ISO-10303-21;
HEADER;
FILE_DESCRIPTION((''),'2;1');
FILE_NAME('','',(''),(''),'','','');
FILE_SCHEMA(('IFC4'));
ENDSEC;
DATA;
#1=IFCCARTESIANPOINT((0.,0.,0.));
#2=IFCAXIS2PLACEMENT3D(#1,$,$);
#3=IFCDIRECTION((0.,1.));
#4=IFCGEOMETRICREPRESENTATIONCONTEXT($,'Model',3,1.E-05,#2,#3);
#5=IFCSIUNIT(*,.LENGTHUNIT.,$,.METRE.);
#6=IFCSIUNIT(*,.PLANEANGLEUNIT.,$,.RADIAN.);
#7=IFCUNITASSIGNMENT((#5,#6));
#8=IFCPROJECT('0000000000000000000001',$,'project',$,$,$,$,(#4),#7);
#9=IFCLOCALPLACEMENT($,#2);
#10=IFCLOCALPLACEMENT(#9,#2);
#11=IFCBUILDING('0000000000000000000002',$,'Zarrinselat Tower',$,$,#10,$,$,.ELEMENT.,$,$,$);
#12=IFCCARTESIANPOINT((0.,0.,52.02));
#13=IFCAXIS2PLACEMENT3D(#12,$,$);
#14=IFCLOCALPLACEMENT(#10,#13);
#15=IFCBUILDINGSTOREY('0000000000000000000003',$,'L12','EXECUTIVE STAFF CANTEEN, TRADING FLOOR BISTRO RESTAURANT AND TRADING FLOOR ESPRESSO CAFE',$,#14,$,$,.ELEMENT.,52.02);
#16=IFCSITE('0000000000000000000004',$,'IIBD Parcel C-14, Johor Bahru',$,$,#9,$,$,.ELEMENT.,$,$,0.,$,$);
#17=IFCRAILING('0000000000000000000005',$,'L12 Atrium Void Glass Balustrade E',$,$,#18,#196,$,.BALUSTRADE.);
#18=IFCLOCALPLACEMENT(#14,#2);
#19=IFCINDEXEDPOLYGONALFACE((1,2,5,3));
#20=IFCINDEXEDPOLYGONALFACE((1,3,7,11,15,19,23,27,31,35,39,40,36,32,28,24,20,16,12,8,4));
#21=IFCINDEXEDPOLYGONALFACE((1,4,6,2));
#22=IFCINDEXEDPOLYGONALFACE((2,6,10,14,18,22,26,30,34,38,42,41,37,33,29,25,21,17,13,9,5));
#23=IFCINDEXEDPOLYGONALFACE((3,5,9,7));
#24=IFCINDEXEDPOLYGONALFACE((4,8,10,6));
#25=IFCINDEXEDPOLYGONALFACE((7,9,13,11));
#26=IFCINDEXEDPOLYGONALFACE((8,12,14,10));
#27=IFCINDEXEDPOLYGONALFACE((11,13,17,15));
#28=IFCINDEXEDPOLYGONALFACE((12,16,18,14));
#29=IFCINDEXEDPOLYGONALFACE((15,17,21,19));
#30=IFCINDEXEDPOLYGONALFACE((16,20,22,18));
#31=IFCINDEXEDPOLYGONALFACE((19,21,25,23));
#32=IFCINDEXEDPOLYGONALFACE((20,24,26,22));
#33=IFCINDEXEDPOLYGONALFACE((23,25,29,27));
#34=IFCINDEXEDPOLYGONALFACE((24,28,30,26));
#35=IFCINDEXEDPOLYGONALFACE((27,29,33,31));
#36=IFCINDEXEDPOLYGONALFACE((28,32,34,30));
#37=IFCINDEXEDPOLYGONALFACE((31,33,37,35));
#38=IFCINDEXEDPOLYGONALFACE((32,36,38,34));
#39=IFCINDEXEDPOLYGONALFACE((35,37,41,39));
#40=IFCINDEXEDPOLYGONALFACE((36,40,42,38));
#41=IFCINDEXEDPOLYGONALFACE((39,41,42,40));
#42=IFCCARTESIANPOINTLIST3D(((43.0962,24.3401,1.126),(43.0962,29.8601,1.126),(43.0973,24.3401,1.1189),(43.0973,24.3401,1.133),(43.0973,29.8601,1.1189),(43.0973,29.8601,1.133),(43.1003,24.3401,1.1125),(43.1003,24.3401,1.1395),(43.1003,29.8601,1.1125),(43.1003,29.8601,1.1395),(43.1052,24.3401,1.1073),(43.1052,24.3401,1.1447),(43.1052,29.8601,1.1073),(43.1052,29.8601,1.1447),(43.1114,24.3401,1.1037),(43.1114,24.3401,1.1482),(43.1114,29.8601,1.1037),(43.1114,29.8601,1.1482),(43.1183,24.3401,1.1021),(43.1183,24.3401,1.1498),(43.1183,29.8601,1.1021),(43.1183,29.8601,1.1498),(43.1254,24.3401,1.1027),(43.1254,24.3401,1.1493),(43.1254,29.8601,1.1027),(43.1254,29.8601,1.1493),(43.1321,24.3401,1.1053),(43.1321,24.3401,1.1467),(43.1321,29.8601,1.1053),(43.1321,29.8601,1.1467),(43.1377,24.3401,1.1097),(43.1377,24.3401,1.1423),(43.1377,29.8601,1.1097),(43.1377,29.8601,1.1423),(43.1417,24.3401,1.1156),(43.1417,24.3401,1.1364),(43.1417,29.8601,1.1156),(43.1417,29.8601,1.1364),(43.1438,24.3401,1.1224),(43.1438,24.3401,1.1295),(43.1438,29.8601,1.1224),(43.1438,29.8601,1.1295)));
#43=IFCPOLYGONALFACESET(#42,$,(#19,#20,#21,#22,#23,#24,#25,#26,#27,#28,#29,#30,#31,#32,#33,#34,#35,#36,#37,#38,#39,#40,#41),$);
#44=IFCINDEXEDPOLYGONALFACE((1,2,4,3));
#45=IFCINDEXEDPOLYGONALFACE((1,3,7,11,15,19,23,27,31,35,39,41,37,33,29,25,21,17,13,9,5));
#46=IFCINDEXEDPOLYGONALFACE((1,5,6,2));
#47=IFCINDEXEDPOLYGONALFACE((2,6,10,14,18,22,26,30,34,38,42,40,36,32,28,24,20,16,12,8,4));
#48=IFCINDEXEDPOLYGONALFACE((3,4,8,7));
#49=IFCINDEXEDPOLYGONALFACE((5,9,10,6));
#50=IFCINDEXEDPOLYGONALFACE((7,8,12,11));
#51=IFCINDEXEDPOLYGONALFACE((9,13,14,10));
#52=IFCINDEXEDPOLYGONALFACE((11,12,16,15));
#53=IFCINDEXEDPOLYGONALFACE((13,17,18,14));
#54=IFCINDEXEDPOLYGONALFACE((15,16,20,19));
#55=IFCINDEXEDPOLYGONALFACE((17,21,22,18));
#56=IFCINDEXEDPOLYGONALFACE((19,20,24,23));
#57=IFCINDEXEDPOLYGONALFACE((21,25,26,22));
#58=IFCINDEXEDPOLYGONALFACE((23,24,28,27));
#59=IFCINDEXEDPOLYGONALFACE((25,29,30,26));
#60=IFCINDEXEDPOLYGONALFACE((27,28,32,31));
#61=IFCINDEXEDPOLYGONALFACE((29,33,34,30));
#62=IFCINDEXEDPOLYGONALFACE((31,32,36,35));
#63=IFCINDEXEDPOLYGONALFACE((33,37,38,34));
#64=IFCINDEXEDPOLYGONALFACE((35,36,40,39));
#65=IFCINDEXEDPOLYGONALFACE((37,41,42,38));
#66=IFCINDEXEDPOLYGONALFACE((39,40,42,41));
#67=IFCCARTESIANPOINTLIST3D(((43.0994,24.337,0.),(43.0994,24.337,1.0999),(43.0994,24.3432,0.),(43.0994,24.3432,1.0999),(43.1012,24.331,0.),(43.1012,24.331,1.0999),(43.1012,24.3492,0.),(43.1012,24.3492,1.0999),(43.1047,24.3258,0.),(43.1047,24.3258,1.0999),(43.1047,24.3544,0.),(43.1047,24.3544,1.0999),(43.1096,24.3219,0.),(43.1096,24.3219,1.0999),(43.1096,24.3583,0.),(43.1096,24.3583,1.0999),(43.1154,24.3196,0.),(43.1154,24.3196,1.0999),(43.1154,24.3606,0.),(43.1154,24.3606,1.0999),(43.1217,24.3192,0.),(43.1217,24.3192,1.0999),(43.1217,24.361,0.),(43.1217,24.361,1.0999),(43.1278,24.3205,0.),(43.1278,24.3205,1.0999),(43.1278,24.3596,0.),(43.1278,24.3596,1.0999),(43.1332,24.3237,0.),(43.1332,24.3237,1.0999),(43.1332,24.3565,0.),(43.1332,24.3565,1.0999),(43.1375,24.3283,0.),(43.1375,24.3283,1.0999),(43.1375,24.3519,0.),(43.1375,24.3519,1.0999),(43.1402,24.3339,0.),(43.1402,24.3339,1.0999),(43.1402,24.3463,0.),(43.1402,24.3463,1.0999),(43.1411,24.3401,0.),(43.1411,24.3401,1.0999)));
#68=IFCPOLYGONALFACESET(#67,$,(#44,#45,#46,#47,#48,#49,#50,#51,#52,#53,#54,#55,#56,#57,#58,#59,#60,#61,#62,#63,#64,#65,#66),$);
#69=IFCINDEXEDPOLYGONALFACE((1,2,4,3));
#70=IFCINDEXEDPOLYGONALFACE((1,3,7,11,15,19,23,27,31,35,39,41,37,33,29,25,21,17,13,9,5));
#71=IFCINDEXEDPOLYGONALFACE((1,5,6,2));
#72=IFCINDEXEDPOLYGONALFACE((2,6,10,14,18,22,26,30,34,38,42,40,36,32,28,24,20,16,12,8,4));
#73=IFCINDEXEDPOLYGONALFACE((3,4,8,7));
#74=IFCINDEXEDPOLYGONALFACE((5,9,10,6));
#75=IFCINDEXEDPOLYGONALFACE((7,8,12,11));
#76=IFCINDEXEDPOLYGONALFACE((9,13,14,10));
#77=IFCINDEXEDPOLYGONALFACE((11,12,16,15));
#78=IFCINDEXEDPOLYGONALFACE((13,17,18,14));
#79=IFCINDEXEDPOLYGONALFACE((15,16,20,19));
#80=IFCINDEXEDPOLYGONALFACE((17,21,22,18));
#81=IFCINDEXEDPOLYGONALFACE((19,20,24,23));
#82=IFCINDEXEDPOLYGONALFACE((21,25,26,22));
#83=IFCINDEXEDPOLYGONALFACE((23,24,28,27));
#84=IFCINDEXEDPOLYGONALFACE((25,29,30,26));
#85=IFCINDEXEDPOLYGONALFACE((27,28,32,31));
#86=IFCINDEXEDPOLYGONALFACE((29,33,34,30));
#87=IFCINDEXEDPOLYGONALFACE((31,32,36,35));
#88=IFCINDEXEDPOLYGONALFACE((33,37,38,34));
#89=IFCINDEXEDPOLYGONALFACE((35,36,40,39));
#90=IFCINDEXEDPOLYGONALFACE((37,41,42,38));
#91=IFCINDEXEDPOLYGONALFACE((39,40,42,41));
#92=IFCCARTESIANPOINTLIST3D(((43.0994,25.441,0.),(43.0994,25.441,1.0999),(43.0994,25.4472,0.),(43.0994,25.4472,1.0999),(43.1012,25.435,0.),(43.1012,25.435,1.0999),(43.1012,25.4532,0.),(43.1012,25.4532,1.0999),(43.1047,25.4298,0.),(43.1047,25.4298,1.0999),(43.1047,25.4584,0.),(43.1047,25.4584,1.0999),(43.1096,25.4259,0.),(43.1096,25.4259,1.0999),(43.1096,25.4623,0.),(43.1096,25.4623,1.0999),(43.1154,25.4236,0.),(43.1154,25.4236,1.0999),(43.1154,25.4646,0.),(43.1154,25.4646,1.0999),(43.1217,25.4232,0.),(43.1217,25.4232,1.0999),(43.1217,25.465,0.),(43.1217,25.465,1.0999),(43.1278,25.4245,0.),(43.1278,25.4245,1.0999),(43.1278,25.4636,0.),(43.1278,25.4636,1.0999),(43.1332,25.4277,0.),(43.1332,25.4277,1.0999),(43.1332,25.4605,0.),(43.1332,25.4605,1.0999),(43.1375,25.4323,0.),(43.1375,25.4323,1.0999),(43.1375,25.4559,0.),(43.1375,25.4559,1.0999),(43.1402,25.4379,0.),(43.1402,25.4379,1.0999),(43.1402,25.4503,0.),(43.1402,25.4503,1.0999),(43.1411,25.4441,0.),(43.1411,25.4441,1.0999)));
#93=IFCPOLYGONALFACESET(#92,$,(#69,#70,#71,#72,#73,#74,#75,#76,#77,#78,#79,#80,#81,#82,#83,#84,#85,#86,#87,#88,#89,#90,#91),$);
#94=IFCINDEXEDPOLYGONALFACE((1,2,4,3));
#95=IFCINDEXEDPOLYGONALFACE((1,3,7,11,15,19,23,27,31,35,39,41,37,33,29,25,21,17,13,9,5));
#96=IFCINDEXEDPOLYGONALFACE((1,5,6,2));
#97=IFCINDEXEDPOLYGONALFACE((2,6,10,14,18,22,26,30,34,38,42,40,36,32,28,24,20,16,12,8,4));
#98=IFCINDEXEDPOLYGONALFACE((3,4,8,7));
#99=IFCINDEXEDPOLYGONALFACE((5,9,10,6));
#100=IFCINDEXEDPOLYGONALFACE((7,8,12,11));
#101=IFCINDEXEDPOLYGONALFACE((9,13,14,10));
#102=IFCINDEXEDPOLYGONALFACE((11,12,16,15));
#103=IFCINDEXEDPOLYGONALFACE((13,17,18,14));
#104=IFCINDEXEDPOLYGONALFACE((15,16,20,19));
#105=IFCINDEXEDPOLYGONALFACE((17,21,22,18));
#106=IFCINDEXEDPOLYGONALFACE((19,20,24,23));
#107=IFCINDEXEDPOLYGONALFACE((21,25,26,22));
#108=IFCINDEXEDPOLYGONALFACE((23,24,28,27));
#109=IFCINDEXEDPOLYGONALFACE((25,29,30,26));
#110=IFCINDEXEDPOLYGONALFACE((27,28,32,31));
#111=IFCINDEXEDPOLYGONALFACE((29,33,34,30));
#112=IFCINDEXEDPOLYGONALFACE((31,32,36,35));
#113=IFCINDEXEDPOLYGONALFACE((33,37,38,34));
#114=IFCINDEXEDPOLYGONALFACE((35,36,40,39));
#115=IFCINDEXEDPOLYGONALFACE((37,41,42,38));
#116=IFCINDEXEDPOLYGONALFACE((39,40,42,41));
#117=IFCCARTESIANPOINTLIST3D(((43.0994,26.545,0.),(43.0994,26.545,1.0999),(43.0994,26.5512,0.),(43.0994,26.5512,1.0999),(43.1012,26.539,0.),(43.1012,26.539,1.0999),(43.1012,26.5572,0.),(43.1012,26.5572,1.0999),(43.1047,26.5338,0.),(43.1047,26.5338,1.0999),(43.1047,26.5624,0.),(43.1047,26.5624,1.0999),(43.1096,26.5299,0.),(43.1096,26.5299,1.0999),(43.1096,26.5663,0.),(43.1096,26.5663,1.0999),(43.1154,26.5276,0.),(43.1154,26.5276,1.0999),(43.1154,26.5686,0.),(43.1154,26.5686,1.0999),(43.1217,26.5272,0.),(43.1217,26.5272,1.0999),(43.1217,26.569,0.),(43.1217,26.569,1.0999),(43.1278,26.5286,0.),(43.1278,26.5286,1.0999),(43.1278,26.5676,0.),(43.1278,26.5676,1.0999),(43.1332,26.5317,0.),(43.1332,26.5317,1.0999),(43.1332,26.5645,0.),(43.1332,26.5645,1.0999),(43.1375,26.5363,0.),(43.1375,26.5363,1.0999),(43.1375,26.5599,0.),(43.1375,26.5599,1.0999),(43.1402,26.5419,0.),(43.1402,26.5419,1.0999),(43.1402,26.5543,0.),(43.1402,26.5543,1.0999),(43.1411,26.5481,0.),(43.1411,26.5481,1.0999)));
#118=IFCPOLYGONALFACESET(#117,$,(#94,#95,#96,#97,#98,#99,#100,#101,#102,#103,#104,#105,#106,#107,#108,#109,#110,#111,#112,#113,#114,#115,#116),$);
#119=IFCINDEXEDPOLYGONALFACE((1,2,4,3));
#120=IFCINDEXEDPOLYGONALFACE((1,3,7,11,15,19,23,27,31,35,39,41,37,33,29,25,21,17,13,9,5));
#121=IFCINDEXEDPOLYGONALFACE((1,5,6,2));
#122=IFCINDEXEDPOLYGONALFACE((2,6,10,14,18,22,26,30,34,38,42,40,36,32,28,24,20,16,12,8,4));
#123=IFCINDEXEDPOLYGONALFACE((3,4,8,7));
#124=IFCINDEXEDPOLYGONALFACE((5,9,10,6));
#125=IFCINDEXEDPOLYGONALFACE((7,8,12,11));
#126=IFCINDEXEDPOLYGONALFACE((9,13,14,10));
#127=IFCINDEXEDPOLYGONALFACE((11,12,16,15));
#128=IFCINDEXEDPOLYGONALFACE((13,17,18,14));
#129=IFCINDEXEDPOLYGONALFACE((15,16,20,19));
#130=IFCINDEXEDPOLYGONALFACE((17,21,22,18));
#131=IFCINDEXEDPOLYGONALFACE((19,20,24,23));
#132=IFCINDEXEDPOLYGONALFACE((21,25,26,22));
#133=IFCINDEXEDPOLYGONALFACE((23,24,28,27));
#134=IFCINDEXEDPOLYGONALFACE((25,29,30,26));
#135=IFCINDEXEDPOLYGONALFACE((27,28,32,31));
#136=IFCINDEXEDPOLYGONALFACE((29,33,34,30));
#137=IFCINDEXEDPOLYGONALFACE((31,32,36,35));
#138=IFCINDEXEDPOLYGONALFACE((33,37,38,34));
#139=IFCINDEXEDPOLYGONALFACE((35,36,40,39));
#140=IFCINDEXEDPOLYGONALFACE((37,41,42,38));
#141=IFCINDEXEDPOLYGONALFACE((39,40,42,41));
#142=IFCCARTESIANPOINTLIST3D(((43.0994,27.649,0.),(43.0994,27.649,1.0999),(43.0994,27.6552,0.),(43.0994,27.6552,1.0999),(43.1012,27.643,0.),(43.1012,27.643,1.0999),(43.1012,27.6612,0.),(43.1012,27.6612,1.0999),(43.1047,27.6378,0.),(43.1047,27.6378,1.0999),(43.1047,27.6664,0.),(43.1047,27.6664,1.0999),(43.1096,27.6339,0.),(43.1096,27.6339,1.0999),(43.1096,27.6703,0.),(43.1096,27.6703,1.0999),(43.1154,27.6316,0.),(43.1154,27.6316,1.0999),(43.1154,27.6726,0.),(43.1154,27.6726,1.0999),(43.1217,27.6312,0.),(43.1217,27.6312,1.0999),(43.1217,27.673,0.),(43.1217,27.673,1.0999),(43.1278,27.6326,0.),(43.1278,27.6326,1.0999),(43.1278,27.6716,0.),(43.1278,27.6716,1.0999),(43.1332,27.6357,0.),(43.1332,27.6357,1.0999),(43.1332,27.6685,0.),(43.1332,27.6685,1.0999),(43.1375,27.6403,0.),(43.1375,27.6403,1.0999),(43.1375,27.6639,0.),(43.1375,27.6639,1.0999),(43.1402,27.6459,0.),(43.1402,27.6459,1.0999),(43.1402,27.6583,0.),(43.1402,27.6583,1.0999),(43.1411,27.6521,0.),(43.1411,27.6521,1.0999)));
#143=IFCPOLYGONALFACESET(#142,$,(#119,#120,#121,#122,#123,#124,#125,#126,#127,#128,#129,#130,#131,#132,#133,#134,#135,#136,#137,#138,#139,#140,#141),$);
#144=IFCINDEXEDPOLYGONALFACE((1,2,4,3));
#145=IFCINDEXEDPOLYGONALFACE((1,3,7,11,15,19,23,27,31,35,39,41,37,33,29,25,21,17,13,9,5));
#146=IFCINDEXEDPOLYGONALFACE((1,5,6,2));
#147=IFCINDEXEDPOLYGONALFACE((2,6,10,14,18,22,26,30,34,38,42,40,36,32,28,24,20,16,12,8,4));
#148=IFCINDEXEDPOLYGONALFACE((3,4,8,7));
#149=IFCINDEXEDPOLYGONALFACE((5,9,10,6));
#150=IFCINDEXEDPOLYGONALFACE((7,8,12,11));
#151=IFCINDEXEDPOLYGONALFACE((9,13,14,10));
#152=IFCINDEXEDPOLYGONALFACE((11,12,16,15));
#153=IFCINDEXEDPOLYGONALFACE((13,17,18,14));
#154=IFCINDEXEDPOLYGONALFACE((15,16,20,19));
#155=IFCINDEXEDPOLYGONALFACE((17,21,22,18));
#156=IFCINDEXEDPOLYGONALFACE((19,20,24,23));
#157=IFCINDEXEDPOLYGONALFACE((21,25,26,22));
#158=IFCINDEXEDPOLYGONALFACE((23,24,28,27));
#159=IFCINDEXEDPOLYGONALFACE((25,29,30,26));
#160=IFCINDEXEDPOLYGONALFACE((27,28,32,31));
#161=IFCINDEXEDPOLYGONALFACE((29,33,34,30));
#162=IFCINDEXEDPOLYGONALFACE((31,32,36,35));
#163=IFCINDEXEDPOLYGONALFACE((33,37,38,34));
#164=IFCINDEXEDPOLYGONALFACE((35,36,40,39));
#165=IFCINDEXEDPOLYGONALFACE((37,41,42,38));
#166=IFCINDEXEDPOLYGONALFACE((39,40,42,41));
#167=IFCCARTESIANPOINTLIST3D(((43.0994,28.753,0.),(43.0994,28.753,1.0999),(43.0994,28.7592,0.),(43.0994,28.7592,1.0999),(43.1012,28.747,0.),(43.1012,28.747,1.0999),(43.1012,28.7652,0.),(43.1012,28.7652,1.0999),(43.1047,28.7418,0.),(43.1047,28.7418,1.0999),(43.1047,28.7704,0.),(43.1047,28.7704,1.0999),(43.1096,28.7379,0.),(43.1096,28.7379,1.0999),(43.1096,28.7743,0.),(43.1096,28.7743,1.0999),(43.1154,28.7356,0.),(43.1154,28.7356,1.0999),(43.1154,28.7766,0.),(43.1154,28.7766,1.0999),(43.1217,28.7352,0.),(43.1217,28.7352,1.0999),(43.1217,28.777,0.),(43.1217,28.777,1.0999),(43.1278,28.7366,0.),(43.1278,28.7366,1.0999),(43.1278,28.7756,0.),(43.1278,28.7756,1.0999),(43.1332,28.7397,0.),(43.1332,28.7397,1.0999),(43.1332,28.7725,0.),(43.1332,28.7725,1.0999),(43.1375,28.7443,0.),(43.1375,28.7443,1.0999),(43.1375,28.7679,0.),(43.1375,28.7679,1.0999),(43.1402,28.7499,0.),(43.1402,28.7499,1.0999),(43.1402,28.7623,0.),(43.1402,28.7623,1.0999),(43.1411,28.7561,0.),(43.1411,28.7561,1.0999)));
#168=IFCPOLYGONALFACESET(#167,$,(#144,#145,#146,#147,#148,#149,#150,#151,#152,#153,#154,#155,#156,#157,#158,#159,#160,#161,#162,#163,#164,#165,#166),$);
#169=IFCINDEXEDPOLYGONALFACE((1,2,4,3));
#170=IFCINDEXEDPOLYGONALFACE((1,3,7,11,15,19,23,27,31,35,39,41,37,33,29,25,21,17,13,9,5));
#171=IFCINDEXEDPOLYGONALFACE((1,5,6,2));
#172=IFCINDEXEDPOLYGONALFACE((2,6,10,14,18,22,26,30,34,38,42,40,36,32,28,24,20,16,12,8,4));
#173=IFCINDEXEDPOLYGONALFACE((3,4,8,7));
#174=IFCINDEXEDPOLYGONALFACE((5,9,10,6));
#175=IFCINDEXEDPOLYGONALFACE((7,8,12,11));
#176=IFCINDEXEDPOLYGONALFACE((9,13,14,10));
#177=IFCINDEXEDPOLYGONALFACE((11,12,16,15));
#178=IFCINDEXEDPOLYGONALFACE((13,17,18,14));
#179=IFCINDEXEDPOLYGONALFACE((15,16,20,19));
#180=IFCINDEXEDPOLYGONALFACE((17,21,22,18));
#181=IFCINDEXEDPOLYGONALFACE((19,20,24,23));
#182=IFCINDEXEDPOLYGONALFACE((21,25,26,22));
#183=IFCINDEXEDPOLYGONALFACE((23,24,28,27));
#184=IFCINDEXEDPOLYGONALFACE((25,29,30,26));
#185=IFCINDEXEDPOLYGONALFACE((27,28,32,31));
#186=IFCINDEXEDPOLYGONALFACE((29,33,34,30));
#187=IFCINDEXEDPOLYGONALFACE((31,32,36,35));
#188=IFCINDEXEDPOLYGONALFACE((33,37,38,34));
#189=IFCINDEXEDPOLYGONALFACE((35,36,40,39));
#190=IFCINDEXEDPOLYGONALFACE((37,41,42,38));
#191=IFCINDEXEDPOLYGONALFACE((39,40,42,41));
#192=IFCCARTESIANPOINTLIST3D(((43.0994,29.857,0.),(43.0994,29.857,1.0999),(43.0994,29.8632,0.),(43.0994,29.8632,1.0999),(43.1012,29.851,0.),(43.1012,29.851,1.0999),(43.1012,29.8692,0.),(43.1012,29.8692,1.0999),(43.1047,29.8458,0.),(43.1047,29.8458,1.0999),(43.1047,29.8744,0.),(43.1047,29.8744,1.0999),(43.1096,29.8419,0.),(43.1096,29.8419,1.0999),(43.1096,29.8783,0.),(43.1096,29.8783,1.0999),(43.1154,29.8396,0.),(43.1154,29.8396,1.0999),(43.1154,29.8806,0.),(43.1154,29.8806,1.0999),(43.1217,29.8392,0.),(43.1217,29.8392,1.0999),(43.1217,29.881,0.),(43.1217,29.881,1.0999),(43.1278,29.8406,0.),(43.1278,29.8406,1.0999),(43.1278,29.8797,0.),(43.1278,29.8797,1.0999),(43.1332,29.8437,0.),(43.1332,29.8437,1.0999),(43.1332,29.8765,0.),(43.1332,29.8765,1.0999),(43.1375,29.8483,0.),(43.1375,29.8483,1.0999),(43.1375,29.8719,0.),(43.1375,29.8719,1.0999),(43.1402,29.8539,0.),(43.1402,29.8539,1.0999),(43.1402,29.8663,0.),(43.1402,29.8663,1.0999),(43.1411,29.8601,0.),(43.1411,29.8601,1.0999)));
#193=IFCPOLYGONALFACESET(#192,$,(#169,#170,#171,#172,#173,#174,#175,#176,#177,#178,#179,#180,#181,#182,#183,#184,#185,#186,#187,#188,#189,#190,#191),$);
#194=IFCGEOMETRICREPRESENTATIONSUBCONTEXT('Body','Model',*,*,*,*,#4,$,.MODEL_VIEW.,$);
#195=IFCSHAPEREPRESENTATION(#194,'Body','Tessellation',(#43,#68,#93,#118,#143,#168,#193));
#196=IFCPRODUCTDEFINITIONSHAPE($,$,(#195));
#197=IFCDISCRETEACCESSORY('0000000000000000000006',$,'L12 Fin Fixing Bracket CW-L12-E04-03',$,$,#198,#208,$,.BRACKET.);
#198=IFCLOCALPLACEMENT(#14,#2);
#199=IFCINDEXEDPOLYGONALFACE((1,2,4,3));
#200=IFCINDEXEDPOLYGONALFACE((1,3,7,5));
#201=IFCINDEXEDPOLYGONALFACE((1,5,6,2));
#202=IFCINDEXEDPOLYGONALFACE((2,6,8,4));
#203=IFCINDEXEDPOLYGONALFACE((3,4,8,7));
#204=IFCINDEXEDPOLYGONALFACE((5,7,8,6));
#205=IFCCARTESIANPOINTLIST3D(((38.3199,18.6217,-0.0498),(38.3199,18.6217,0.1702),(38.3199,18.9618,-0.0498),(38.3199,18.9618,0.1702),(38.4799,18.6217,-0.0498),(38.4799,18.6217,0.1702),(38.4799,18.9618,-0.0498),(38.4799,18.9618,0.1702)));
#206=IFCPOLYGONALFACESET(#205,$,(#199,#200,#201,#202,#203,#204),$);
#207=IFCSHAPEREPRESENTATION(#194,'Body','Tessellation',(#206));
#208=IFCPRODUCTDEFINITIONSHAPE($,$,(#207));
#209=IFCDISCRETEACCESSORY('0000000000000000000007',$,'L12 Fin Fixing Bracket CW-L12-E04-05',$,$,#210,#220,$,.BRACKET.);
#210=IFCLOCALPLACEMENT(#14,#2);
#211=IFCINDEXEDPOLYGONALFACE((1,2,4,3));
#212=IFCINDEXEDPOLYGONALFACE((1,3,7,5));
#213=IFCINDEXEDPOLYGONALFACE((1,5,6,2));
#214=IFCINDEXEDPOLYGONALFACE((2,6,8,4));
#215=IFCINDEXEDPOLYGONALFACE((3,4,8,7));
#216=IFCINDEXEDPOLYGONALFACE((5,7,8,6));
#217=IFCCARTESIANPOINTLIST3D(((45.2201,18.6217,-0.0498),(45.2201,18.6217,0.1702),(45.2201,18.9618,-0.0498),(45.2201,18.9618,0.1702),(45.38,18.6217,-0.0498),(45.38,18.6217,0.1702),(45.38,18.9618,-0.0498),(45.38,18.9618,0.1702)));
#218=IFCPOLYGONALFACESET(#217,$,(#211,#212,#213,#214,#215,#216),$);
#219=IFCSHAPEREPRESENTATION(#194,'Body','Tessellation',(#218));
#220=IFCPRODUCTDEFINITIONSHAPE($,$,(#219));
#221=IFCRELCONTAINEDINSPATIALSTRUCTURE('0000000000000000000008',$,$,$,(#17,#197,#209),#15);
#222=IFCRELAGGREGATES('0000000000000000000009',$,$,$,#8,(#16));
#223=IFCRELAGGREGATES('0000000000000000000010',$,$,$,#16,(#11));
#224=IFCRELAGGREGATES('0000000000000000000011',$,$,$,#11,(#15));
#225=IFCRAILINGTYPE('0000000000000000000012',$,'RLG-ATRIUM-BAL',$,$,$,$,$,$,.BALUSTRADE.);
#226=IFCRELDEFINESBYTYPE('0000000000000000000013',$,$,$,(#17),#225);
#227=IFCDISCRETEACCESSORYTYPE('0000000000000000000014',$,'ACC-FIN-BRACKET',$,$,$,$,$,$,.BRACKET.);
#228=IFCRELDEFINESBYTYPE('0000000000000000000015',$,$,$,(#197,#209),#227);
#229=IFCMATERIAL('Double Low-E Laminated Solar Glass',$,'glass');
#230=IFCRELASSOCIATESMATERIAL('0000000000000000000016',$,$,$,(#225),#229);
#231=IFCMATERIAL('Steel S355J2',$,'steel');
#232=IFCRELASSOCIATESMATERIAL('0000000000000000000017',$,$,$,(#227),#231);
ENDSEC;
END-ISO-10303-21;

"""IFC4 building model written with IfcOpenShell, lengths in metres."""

from ifc_helpers import new_model, si_unit, direction, frame, origin, origin_2d, place, context, subcontext, project, spatial, rectangle, circle, extrude, material, type_object, element, save


model = new_model("IFC4")

# Units and contexts
model_context = context("Model", 3, precision=1e-05, world=origin(), true_north=direction((0.0, 1.0)))
body_context = subcontext(model_context, "Body", "Model", "MODEL_VIEW")
ifc_project = project(units=[si_unit("LENGTHUNIT", "METRE"), si_unit("PLANEANGLEUNIT", "RADIAN")], contexts=[model_context])

# Site, building, storey
site_placement = place(None, origin())
site = spatial("IfcSite", under=ifc_project, at=site_placement, Name="IIBD Parcel C-14, Johor Bahru", CompositionType="ELEMENT", RefElevation=0.0)
building_placement = place(site_placement, origin())
building = spatial("IfcBuilding", under=site, at=building_placement, Name="Zarrinselat Tower", CompositionType="ELEMENT")
storey_placement = place(building_placement, frame((0.0, 0.0, 52.02)))
storey = spatial("IfcBuildingStorey", under=building, at=storey_placement, Name="L12", Description="EXECUTIVE STAFF CANTEEN, TRADING FLOOR BISTRO RESTAURANT AND TRADING FLOOR ESPRESSO CAFE", CompositionType="ELEMENT", Elevation=52.02)

# Railing
ifc_material_1 = material(Name="Double Low-E Laminated Solar Glass", Category="glass")
railing_type = type_object("IfcRailingType", Name="RLG-ATRIUM-BAL", PredefinedType="BALUSTRADE", material=ifc_material_1)
railing_placement = place(storey_placement, frame((43.1201, 24.3401, 0.0)))
element("IfcRailing", 1, at=railing_placement, inside=storey, type_object=railing_type, Name="L12 Atrium Void Glass Balustrade E", PredefinedType="BALUSTRADE", context=body_context, shape_type="SweptSolid", body=[
    extrude(circle(Radius=0.0239, at=origin_2d()), frame((0.0, 0.0, 1.126), z_axis=(0.0, 1.0, 0.0), x_axis=(-1.0, 0.0, 0.0)), (0.0, 0.0, 1.0), 5.52),
    extrude(circle(Radius=0.021, at=origin_2d()), origin(), (0.0, 0.0, 1.0), 1.0999),
    extrude(circle(Radius=0.021, at=origin_2d()), frame((0.0, 1.104, 0.0)), (0.0, 0.0, 1.0), 1.0999),
    extrude(circle(Radius=0.021, at=origin_2d()), frame((0.0, 2.208, 0.0)), (0.0, 0.0, 1.0), 1.0999),
    extrude(circle(Radius=0.021, at=origin_2d()), frame((0.0, 3.312, 0.0)), (0.0, 0.0, 1.0), 1.0999),
    extrude(circle(Radius=0.021, at=origin_2d()), frame((0.0, 4.416, 0.0)), (0.0, 0.0, 1.0), 1.0999),
    extrude(circle(Radius=0.021, at=origin_2d()), frame((0.0, 5.52, 0.0)), (0.0, 0.0, 1.0), 1.0999),
])

# Discrete accessories
ifc_material_2 = material(Name="Steel S355J2", Category="steel")
discrete_accessory_type = type_object("IfcDiscreteAccessoryType", Name="ACC-FIN-BRACKET", PredefinedType="BRACKET", material=ifc_material_2)
for number, where, z_axis, x_axis, name in (
    (2, (38.3999, 18.7917, -0.0498), (0.0, 0.0, 1.0), (0.0, -1.0, 0.0), "L12 Fin Fixing Bracket CW-L12-E04-03"),
    (3, (45.3, 18.7917, -0.0498), (0.0, 0.0, 1.0), (0.0, -1.0, 0.0), "L12 Fin Fixing Bracket CW-L12-E04-05"),
):
    element("IfcDiscreteAccessory", number, at=place(storey_placement, frame(where, z_axis=z_axis, x_axis=x_axis)), inside=storey, type_object=discrete_accessory_type, Name=name, PredefinedType="BRACKET", context=body_context, shape_type="SweptSolid", body=[
        extrude(rectangle(XDim=0.3401, YDim=0.1599, at=origin_2d()), origin(), (0.0, 0.0, 1.0), 0.22),
    ])

save(model, "model.ifc")
